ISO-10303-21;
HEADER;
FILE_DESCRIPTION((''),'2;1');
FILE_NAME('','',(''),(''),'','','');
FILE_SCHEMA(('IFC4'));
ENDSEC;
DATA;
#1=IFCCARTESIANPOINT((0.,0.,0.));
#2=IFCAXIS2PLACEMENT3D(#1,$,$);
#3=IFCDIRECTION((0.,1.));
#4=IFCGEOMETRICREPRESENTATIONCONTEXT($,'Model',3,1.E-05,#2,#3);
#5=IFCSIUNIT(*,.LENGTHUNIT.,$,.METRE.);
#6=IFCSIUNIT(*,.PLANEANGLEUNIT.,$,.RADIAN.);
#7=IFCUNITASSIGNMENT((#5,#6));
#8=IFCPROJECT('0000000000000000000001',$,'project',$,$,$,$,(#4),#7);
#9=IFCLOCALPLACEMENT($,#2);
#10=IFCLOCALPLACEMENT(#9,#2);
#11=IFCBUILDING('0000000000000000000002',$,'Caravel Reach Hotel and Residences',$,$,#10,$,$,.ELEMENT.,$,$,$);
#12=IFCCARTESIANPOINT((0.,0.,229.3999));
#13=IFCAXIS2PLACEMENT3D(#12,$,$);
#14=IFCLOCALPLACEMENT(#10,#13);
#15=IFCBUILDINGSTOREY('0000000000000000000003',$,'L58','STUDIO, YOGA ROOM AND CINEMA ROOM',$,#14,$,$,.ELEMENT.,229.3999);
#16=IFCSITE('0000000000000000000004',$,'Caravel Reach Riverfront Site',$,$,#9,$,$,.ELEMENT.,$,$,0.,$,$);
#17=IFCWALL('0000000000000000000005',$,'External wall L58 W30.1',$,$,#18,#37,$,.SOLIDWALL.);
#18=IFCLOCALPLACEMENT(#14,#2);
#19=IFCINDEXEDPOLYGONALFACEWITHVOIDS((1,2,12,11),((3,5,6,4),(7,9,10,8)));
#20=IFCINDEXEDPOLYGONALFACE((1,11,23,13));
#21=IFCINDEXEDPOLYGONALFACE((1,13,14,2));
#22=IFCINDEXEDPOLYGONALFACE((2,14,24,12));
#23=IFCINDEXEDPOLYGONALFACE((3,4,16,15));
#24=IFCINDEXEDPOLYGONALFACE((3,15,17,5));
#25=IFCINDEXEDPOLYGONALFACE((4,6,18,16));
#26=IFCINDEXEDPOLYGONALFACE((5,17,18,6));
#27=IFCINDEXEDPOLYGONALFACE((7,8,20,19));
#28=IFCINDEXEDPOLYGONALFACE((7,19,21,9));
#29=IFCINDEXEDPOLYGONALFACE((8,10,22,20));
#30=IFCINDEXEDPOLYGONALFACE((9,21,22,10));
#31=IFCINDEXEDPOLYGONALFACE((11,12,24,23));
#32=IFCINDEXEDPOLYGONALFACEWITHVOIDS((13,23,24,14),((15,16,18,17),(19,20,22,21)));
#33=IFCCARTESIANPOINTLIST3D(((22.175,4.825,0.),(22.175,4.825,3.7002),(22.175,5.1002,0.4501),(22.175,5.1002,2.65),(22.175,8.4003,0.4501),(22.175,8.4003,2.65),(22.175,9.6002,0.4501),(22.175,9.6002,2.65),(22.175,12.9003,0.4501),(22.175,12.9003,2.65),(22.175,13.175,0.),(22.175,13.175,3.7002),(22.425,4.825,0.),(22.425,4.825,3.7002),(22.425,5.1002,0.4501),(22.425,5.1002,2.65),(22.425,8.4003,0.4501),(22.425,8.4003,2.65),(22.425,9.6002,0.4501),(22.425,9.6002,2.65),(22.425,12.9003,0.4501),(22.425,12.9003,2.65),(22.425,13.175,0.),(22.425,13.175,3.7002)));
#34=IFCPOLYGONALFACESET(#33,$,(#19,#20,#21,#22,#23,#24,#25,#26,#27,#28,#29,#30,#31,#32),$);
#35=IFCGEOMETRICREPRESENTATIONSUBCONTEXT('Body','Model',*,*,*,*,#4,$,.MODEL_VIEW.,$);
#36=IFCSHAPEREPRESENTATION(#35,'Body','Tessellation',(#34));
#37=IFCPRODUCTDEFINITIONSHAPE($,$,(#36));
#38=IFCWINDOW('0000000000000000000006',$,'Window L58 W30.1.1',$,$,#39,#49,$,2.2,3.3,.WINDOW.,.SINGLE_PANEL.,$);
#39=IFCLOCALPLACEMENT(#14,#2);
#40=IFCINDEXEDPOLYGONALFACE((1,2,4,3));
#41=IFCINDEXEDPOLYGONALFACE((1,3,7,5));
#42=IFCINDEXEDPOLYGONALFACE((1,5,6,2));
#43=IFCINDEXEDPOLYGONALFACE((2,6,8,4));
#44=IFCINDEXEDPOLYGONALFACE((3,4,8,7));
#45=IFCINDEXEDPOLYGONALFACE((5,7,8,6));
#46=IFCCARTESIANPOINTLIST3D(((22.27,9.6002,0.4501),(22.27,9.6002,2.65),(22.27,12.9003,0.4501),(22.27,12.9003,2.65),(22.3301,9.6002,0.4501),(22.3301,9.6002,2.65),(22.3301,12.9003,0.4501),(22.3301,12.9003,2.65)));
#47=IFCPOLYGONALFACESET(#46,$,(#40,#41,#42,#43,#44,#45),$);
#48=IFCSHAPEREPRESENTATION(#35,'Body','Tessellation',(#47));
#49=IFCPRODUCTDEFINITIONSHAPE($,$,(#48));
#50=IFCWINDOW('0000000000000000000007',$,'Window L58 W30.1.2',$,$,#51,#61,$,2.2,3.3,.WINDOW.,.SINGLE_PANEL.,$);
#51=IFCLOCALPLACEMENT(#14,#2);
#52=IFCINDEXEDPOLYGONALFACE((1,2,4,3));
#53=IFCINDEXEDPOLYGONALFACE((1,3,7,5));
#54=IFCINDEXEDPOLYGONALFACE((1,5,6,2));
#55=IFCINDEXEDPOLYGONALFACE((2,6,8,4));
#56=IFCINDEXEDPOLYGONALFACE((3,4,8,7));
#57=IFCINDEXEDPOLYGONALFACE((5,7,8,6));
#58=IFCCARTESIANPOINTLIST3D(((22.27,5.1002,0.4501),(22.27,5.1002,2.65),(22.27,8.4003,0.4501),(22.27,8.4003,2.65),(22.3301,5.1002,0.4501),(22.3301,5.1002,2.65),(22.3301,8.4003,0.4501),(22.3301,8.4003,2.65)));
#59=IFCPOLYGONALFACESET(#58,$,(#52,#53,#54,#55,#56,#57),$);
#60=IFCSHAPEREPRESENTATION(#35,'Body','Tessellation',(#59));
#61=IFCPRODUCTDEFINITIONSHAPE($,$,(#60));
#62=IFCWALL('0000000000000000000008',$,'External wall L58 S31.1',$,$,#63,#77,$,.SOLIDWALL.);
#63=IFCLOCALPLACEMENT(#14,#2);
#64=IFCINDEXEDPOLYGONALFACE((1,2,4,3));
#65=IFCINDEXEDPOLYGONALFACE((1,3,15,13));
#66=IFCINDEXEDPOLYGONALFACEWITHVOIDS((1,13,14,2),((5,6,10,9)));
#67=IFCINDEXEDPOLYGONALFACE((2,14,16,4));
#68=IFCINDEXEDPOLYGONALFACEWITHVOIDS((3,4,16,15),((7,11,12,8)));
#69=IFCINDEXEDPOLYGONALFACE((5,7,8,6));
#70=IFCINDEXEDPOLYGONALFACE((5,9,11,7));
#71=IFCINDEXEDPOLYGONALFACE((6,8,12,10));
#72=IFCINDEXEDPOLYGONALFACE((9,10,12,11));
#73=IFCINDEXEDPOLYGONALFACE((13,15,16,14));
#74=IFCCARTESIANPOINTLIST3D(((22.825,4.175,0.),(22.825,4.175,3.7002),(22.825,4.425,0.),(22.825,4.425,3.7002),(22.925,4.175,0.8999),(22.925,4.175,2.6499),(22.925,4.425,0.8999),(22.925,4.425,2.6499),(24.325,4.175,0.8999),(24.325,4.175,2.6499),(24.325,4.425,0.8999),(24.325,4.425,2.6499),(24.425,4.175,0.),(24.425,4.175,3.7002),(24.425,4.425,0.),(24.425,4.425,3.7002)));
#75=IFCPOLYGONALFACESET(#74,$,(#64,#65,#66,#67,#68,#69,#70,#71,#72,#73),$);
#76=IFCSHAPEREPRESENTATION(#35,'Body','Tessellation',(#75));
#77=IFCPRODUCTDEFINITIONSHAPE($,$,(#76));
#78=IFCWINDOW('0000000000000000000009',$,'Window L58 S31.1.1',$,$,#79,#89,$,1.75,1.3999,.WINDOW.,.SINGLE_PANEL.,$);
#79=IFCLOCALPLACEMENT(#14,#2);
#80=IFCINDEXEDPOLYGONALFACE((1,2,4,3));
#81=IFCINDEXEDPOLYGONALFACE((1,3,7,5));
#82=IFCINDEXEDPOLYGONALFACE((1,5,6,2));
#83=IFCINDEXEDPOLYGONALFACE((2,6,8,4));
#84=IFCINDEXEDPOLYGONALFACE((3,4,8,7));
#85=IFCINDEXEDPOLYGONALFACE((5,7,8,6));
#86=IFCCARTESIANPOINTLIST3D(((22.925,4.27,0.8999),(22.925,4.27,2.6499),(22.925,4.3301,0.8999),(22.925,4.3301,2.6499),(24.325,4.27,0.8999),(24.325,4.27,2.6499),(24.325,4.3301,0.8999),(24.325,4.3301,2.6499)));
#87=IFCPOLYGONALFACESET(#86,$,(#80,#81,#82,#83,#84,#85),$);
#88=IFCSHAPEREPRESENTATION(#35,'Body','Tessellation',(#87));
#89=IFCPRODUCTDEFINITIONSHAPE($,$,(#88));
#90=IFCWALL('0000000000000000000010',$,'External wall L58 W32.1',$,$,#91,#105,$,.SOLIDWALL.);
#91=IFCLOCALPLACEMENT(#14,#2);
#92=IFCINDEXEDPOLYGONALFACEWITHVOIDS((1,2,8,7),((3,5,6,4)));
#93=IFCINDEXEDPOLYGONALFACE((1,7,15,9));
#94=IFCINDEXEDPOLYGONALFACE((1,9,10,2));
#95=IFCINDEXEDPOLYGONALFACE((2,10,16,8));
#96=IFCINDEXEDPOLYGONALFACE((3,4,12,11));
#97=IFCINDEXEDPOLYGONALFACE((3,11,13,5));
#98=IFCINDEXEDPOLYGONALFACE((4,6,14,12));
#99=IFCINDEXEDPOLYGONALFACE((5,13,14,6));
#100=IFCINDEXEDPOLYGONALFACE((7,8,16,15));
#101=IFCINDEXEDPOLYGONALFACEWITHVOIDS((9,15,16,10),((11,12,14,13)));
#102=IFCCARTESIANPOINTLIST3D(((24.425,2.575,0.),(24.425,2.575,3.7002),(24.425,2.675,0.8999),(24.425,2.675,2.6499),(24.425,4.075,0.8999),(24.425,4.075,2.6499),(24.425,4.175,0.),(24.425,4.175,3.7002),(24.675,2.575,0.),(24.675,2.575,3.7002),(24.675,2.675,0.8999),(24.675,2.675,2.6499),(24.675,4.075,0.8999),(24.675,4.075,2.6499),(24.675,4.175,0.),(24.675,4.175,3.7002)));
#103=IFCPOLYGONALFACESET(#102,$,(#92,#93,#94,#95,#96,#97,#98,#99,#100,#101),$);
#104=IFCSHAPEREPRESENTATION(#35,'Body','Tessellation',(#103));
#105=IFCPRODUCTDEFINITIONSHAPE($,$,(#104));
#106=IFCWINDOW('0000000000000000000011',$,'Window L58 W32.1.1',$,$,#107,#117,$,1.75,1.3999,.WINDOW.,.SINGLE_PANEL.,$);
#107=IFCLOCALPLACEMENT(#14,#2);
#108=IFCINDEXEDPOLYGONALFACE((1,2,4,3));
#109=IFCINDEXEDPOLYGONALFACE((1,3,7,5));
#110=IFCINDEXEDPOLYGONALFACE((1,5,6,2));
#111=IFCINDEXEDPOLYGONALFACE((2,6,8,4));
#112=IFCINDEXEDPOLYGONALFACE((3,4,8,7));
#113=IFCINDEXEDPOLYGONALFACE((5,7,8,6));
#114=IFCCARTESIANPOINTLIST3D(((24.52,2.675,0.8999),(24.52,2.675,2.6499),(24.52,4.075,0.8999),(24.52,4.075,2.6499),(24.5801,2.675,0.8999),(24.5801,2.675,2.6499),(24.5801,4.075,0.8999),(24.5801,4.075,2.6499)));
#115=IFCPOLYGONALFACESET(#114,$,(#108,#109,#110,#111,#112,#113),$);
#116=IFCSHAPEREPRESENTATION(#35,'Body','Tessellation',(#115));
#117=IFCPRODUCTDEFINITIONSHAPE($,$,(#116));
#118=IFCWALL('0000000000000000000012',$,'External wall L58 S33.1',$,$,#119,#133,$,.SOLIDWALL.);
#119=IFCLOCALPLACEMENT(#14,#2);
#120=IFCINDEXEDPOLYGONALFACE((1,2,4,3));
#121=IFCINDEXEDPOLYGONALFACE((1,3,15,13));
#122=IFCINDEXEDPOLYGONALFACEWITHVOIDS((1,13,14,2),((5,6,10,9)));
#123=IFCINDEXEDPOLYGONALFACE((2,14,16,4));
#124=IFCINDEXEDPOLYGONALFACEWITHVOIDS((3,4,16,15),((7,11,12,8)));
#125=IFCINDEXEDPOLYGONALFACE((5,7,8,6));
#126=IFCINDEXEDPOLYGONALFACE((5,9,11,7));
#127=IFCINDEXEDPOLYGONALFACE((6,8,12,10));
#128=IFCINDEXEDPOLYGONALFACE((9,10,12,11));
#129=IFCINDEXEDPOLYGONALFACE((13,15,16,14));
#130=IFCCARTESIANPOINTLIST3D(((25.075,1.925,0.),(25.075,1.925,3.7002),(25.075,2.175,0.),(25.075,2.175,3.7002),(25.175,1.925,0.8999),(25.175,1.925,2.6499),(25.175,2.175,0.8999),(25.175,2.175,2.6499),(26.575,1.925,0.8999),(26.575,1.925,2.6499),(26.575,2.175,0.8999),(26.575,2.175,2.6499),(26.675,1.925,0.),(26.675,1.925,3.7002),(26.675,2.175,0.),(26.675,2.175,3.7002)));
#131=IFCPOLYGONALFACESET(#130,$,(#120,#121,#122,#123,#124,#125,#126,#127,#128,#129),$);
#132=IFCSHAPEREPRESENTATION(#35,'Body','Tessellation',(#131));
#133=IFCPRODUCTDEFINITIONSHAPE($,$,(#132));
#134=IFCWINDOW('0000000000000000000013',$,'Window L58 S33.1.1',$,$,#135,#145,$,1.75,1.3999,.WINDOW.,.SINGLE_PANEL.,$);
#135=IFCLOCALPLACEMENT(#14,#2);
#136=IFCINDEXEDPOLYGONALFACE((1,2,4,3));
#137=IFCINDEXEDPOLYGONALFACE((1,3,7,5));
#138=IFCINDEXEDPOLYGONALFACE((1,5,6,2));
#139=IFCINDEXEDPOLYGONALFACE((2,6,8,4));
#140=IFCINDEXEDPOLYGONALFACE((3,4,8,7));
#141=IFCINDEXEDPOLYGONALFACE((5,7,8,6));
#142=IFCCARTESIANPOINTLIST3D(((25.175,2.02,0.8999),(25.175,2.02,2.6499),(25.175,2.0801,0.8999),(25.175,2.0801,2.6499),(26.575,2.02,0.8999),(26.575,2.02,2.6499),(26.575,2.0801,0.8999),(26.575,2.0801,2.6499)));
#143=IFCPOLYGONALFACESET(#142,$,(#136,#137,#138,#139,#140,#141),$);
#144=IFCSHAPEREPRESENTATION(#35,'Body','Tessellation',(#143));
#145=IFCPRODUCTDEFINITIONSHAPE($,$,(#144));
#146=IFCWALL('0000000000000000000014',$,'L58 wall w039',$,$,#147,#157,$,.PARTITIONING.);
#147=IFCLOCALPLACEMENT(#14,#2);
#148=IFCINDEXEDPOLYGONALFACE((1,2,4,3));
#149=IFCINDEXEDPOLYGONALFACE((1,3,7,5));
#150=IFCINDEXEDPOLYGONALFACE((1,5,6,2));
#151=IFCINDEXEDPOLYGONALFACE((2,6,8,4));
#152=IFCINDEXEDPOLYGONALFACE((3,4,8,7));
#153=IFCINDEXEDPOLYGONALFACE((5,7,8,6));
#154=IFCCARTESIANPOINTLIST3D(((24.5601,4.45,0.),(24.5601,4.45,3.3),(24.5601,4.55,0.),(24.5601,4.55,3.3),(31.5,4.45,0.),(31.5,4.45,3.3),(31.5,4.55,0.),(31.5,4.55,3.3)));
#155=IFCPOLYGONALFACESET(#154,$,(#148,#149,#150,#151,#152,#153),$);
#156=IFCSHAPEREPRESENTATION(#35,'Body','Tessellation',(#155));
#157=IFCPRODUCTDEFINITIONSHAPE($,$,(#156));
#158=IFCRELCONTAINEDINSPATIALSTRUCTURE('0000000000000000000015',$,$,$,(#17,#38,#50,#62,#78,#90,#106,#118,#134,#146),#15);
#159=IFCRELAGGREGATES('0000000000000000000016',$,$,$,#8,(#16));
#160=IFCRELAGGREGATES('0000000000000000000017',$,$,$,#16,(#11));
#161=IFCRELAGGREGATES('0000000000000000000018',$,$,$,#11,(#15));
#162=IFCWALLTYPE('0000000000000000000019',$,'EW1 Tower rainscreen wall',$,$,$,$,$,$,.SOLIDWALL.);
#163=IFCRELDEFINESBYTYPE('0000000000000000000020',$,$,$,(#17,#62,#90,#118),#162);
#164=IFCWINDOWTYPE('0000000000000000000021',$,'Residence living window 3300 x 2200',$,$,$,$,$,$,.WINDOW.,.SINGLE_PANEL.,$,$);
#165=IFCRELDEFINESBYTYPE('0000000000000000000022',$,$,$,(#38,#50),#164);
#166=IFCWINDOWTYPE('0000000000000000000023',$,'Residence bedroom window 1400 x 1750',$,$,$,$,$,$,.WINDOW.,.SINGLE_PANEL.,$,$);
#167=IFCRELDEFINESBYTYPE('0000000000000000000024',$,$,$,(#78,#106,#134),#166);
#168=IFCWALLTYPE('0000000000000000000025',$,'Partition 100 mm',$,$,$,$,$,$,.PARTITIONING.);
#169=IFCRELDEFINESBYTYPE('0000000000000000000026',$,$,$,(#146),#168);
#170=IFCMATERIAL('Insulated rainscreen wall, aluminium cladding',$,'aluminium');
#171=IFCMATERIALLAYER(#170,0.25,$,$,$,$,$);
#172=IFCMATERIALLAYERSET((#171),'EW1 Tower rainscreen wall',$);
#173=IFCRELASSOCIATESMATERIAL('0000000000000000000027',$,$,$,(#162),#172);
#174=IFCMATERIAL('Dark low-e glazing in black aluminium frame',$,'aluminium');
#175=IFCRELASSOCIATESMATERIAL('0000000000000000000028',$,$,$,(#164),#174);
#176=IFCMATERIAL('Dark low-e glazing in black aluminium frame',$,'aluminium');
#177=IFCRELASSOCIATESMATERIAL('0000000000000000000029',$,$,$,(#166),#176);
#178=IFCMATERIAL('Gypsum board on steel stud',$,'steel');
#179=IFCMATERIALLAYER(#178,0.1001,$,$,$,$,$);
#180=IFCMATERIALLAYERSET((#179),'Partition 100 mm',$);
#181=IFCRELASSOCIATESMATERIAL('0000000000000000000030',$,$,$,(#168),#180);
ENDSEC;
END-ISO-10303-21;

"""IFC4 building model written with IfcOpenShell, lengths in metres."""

from ifc_helpers import new_model, si_unit, direction, frame, frame_2d, origin, place, context, subcontext, project, spatial, rectangle, extrude, material, layer, layer_set, type_object, element, fill, save


model = new_model("IFC4")

# Units and contexts
model_context = context("Model", 3, precision=1e-05, world=origin(), true_north=direction((0.0, 1.0)))
body_context = subcontext(model_context, "Body", "Model", "MODEL_VIEW")
ifc_project = project(units=[si_unit("LENGTHUNIT", "METRE"), si_unit("PLANEANGLEUNIT", "RADIAN")], contexts=[model_context])

# Site, building, storey
site_placement = place(None, origin())
site = spatial("IfcSite", under=ifc_project, at=site_placement, Name="Caravel Reach Riverfront Site", CompositionType="ELEMENT", RefElevation=0.0)
building_placement = place(site_placement, origin())
building = spatial("IfcBuilding", under=site, at=building_placement, Name="Caravel Reach Hotel and Residences", CompositionType="ELEMENT")
storey_placement = place(building_placement, frame((0.0, 0.0, 229.3999)))
storey = spatial("IfcBuildingStorey", under=building, at=storey_placement, Name="L58", Description="STUDIO, YOGA ROOM AND CINEMA ROOM", CompositionType="ELEMENT", Elevation=229.3999)

# Wall, openings, windows
ifc_material_1 = material(Name="Insulated rainscreen wall, aluminium cladding", Category="aluminium")
ifc_layer_1 = layer(ifc_material_1, 0.25)
ifc_layer_set_1 = layer_set([ifc_layer_1], Name="EW1 Tower rainscreen wall")
wall_type_1 = type_object("IfcWallType", Name="EW1 Tower rainscreen wall", PredefinedType="SOLIDWALL", material=ifc_layer_set_1)
wall_1_placement = place(storey_placement, frame((22.3, 13.175, 0.0), z_axis=(0.0, 0.0, 1.0), x_axis=(0.0, -1.0, 0.0)))
wall_1 = element("IfcWall", 1, at=wall_1_placement, inside=storey, type_object=wall_type_1, Name="External wall L58 W30.1", PredefinedType="SOLIDWALL", context=body_context, shape_type="SweptSolid", body=[
    extrude(rectangle(XDim=8.3501, YDim=0.25, at=frame_2d((4.175, 0.0))), origin(), (0.0, 0.0, 1.0), 3.7002),
])
opening_1_placement = place(wall_1_placement, frame((0.2749, 0.0, 0.45)))
opening_1 = element("IfcOpeningElement", 2, at=opening_1_placement, cuts=wall_1, PredefinedType="OPENING", context=body_context, shape_type="SweptSolid", body=[
    extrude(rectangle(XDim=3.3, YDim=2.2, at=frame_2d((1.6499, 1.1001))), frame((0.0, 0.135, 0.0), z_axis=(0.0, -1.0, 0.0), x_axis=(1.0, 0.0, 0.0)), (0.0, 0.0, 1.0), 0.27),
])
opening_2_placement = place(wall_1_placement, frame((4.7749, 0.0, 0.45)))
opening_2 = element("IfcOpeningElement", 3, at=opening_2_placement, cuts=wall_1, PredefinedType="OPENING", context=body_context, shape_type="SweptSolid", body=[
    extrude(rectangle(XDim=3.3, YDim=2.2, at=frame_2d((1.6499, 1.1001))), frame((0.0, 0.135, 0.0), z_axis=(0.0, -1.0, 0.0), x_axis=(1.0, 0.0, 0.0)), (0.0, 0.0, 1.0), 0.27),
])
ifc_material_2 = material(Name="Dark low-e glazing in black aluminium frame", Category="aluminium")
window_type_1 = type_object("IfcWindowType", Name="Residence living window 3300 x 2200", PartitioningType="SINGLE_PANEL", PredefinedType="WINDOW", material=ifc_material_2)
window_1_placement = place(opening_1_placement, origin())
window_1 = element("IfcWindow", 4, at=window_1_placement, inside=storey, type_object=window_type_1, Name="Window L58 W30.1.1", OverallHeight=2.2, OverallWidth=3.3, PartitioningType="SINGLE_PANEL", PredefinedType="WINDOW", context=body_context, shape_type="SweptSolid", body=[
    extrude(rectangle(XDim=3.3, YDim=2.2, at=frame_2d((1.6499, 1.1001))), frame((0.0, 0.03, 0.0), z_axis=(0.0, -1.0, 0.0), x_axis=(1.0, 0.0, 0.0)), (0.0, 0.0, 1.0), 0.0601),
])
fill(opening_1, window_1)
window_2_placement = place(opening_2_placement, origin())
window_2 = element("IfcWindow", 5, at=window_2_placement, inside=storey, type_object=window_type_1, Name="Window L58 W30.1.2", OverallHeight=2.2, OverallWidth=3.3, PartitioningType="SINGLE_PANEL", PredefinedType="WINDOW", context=body_context, shape_type="SweptSolid", body=[
    extrude(rectangle(XDim=3.3, YDim=2.2, at=frame_2d((1.6499, 1.1001))), frame((0.0, 0.03, 0.0), z_axis=(0.0, -1.0, 0.0), x_axis=(1.0, 0.0, 0.0)), (0.0, 0.0, 1.0), 0.0601),
])
fill(opening_2, window_2)

# Walls, openings, windows
wall_2_placement = place(storey_placement, frame((22.825, 4.3, 0.0), z_axis=(0.0, 0.0, 1.0), x_axis=(1.0, 0.0, 0.0)))
wall_2 = element("IfcWall", 6, at=wall_2_placement, inside=storey, type_object=wall_type_1, Name="External wall L58 S31.1", PredefinedType="SOLIDWALL", context=body_context, shape_type="SweptSolid", body=[
    extrude(rectangle(XDim=1.6001, YDim=0.25, at=frame_2d((0.8, 0.0))), origin(), (0.0, 0.0, 1.0), 3.7002),
])
opening_3_placement = place(wall_2_placement, frame((0.1001, 0.0, 0.8999)))
opening_3 = element("IfcOpeningElement", 7, at=opening_3_placement, cuts=wall_2, PredefinedType="OPENING", context=body_context, shape_type="SweptSolid", body=[
    extrude(rectangle(XDim=1.3999, YDim=1.75, at=frame_2d((0.7, 0.875))), frame((0.0, 0.135, 0.0), z_axis=(0.0, -1.0, 0.0), x_axis=(1.0, 0.0, 0.0)), (0.0, 0.0, 1.0), 0.27),
])
ifc_material_3 = material(Name="Dark low-e glazing in black aluminium frame", Category="aluminium")
window_type_2 = type_object("IfcWindowType", Name="Residence bedroom window 1400 x 1750", PartitioningType="SINGLE_PANEL", PredefinedType="WINDOW", material=ifc_material_3)
window_3_placement = place(opening_3_placement, origin())
window_3 = element("IfcWindow", 8, at=window_3_placement, inside=storey, type_object=window_type_2, Name="Window L58 S31.1.1", OverallHeight=1.75, OverallWidth=1.3999, PartitioningType="SINGLE_PANEL", PredefinedType="WINDOW", context=body_context, shape_type="SweptSolid", body=[
    extrude(rectangle(XDim=1.3999, YDim=1.75, at=frame_2d((0.7, 0.875))), frame((0.0, 0.03, 0.0), z_axis=(0.0, -1.0, 0.0), x_axis=(1.0, 0.0, 0.0)), (0.0, 0.0, 1.0), 0.0601),
])
fill(opening_3, window_3)
wall_3_placement = place(storey_placement, frame((24.55, 4.175, 0.0), z_axis=(0.0, 0.0, 1.0), x_axis=(0.0, -1.0, 0.0)))
wall_3 = element("IfcWall", 9, at=wall_3_placement, inside=storey, type_object=wall_type_1, Name="External wall L58 W32.1", PredefinedType="SOLIDWALL", context=body_context, shape_type="SweptSolid", body=[
    extrude(rectangle(XDim=1.6001, YDim=0.25, at=frame_2d((0.8, 0.0))), origin(), (0.0, 0.0, 1.0), 3.7002),
])
opening_4_placement = place(wall_3_placement, frame((0.1001, 0.0, 0.8999)))
opening_4 = element("IfcOpeningElement", 10, at=opening_4_placement, cuts=wall_3, PredefinedType="OPENING", context=body_context, shape_type="SweptSolid", body=[
    extrude(rectangle(XDim=1.3999, YDim=1.75, at=frame_2d((0.7, 0.875))), frame((0.0, 0.135, 0.0), z_axis=(0.0, -1.0, 0.0), x_axis=(1.0, 0.0, 0.0)), (0.0, 0.0, 1.0), 0.27),
])
window_4_placement = place(opening_4_placement, origin())
window_4 = element("IfcWindow", 11, at=window_4_placement, inside=storey, type_object=window_type_2, Name="Window L58 W32.1.1", OverallHeight=1.75, OverallWidth=1.3999, PartitioningType="SINGLE_PANEL", PredefinedType="WINDOW", context=body_context, shape_type="SweptSolid", body=[
    extrude(rectangle(XDim=1.3999, YDim=1.75, at=frame_2d((0.7, 0.875))), frame((0.0, 0.03, 0.0), z_axis=(0.0, -1.0, 0.0), x_axis=(1.0, 0.0, 0.0)), (0.0, 0.0, 1.0), 0.0601),
])
fill(opening_4, window_4)
wall_4_placement = place(storey_placement, frame((25.075, 2.05, 0.0), z_axis=(0.0, 0.0, 1.0), x_axis=(1.0, 0.0, 0.0)))
wall_4 = element("IfcWall", 12, at=wall_4_placement, inside=storey, type_object=wall_type_1, Name="External wall L58 S33.1", PredefinedType="SOLIDWALL", context=body_context, shape_type="SweptSolid", body=[
    extrude(rectangle(XDim=1.6001, YDim=0.25, at=frame_2d((0.8, 0.0))), origin(), (0.0, 0.0, 1.0), 3.7002),
])
opening_5_placement = place(wall_4_placement, frame((0.1001, 0.0, 0.8999)))
opening_5 = element("IfcOpeningElement", 13, at=opening_5_placement, cuts=wall_4, PredefinedType="OPENING", context=body_context, shape_type="SweptSolid", body=[
    extrude(rectangle(XDim=1.3999, YDim=1.75, at=frame_2d((0.7, 0.875))), frame((0.0, 0.135, 0.0), z_axis=(0.0, -1.0, 0.0), x_axis=(1.0, 0.0, 0.0)), (0.0, 0.0, 1.0), 0.27),
])
window_5_placement = place(opening_5_placement, origin())
window_5 = element("IfcWindow", 14, at=window_5_placement, inside=storey, type_object=window_type_2, Name="Window L58 S33.1.1", OverallHeight=1.75, OverallWidth=1.3999, PartitioningType="SINGLE_PANEL", PredefinedType="WINDOW", context=body_context, shape_type="SweptSolid", body=[
    extrude(rectangle(XDim=1.3999, YDim=1.75, at=frame_2d((0.7, 0.875))), frame((0.0, 0.03, 0.0), z_axis=(0.0, -1.0, 0.0), x_axis=(1.0, 0.0, 0.0)), (0.0, 0.0, 1.0), 0.0601),
])
fill(opening_5, window_5)

# Wall
ifc_material_4 = material(Name="Gypsum board on steel stud", Category="steel")
ifc_layer_2 = layer(ifc_material_4, 0.1001)
ifc_layer_set_2 = layer_set([ifc_layer_2], Name="Partition 100 mm")
wall_type_2 = type_object("IfcWallType", Name="Partition 100 mm", PredefinedType="PARTITIONING", material=ifc_layer_set_2)
wall_5_placement = place(storey_placement, frame((24.5601, 4.5, 0.0), z_axis=(0.0, 0.0, 1.0), x_axis=(1.0, 0.0, 0.0)))
element("IfcWall", 15, at=wall_5_placement, inside=storey, type_object=wall_type_2, Name="L58 wall w039", PredefinedType="PARTITIONING", context=body_context, shape_type="SweptSolid", body=[
    extrude(rectangle(XDim=6.9399, YDim=0.1001, at=frame_2d((3.47, 0.0))), origin(), (0.0, 0.0, 1.0), 3.3),
])

save(model, "model.ifc")
